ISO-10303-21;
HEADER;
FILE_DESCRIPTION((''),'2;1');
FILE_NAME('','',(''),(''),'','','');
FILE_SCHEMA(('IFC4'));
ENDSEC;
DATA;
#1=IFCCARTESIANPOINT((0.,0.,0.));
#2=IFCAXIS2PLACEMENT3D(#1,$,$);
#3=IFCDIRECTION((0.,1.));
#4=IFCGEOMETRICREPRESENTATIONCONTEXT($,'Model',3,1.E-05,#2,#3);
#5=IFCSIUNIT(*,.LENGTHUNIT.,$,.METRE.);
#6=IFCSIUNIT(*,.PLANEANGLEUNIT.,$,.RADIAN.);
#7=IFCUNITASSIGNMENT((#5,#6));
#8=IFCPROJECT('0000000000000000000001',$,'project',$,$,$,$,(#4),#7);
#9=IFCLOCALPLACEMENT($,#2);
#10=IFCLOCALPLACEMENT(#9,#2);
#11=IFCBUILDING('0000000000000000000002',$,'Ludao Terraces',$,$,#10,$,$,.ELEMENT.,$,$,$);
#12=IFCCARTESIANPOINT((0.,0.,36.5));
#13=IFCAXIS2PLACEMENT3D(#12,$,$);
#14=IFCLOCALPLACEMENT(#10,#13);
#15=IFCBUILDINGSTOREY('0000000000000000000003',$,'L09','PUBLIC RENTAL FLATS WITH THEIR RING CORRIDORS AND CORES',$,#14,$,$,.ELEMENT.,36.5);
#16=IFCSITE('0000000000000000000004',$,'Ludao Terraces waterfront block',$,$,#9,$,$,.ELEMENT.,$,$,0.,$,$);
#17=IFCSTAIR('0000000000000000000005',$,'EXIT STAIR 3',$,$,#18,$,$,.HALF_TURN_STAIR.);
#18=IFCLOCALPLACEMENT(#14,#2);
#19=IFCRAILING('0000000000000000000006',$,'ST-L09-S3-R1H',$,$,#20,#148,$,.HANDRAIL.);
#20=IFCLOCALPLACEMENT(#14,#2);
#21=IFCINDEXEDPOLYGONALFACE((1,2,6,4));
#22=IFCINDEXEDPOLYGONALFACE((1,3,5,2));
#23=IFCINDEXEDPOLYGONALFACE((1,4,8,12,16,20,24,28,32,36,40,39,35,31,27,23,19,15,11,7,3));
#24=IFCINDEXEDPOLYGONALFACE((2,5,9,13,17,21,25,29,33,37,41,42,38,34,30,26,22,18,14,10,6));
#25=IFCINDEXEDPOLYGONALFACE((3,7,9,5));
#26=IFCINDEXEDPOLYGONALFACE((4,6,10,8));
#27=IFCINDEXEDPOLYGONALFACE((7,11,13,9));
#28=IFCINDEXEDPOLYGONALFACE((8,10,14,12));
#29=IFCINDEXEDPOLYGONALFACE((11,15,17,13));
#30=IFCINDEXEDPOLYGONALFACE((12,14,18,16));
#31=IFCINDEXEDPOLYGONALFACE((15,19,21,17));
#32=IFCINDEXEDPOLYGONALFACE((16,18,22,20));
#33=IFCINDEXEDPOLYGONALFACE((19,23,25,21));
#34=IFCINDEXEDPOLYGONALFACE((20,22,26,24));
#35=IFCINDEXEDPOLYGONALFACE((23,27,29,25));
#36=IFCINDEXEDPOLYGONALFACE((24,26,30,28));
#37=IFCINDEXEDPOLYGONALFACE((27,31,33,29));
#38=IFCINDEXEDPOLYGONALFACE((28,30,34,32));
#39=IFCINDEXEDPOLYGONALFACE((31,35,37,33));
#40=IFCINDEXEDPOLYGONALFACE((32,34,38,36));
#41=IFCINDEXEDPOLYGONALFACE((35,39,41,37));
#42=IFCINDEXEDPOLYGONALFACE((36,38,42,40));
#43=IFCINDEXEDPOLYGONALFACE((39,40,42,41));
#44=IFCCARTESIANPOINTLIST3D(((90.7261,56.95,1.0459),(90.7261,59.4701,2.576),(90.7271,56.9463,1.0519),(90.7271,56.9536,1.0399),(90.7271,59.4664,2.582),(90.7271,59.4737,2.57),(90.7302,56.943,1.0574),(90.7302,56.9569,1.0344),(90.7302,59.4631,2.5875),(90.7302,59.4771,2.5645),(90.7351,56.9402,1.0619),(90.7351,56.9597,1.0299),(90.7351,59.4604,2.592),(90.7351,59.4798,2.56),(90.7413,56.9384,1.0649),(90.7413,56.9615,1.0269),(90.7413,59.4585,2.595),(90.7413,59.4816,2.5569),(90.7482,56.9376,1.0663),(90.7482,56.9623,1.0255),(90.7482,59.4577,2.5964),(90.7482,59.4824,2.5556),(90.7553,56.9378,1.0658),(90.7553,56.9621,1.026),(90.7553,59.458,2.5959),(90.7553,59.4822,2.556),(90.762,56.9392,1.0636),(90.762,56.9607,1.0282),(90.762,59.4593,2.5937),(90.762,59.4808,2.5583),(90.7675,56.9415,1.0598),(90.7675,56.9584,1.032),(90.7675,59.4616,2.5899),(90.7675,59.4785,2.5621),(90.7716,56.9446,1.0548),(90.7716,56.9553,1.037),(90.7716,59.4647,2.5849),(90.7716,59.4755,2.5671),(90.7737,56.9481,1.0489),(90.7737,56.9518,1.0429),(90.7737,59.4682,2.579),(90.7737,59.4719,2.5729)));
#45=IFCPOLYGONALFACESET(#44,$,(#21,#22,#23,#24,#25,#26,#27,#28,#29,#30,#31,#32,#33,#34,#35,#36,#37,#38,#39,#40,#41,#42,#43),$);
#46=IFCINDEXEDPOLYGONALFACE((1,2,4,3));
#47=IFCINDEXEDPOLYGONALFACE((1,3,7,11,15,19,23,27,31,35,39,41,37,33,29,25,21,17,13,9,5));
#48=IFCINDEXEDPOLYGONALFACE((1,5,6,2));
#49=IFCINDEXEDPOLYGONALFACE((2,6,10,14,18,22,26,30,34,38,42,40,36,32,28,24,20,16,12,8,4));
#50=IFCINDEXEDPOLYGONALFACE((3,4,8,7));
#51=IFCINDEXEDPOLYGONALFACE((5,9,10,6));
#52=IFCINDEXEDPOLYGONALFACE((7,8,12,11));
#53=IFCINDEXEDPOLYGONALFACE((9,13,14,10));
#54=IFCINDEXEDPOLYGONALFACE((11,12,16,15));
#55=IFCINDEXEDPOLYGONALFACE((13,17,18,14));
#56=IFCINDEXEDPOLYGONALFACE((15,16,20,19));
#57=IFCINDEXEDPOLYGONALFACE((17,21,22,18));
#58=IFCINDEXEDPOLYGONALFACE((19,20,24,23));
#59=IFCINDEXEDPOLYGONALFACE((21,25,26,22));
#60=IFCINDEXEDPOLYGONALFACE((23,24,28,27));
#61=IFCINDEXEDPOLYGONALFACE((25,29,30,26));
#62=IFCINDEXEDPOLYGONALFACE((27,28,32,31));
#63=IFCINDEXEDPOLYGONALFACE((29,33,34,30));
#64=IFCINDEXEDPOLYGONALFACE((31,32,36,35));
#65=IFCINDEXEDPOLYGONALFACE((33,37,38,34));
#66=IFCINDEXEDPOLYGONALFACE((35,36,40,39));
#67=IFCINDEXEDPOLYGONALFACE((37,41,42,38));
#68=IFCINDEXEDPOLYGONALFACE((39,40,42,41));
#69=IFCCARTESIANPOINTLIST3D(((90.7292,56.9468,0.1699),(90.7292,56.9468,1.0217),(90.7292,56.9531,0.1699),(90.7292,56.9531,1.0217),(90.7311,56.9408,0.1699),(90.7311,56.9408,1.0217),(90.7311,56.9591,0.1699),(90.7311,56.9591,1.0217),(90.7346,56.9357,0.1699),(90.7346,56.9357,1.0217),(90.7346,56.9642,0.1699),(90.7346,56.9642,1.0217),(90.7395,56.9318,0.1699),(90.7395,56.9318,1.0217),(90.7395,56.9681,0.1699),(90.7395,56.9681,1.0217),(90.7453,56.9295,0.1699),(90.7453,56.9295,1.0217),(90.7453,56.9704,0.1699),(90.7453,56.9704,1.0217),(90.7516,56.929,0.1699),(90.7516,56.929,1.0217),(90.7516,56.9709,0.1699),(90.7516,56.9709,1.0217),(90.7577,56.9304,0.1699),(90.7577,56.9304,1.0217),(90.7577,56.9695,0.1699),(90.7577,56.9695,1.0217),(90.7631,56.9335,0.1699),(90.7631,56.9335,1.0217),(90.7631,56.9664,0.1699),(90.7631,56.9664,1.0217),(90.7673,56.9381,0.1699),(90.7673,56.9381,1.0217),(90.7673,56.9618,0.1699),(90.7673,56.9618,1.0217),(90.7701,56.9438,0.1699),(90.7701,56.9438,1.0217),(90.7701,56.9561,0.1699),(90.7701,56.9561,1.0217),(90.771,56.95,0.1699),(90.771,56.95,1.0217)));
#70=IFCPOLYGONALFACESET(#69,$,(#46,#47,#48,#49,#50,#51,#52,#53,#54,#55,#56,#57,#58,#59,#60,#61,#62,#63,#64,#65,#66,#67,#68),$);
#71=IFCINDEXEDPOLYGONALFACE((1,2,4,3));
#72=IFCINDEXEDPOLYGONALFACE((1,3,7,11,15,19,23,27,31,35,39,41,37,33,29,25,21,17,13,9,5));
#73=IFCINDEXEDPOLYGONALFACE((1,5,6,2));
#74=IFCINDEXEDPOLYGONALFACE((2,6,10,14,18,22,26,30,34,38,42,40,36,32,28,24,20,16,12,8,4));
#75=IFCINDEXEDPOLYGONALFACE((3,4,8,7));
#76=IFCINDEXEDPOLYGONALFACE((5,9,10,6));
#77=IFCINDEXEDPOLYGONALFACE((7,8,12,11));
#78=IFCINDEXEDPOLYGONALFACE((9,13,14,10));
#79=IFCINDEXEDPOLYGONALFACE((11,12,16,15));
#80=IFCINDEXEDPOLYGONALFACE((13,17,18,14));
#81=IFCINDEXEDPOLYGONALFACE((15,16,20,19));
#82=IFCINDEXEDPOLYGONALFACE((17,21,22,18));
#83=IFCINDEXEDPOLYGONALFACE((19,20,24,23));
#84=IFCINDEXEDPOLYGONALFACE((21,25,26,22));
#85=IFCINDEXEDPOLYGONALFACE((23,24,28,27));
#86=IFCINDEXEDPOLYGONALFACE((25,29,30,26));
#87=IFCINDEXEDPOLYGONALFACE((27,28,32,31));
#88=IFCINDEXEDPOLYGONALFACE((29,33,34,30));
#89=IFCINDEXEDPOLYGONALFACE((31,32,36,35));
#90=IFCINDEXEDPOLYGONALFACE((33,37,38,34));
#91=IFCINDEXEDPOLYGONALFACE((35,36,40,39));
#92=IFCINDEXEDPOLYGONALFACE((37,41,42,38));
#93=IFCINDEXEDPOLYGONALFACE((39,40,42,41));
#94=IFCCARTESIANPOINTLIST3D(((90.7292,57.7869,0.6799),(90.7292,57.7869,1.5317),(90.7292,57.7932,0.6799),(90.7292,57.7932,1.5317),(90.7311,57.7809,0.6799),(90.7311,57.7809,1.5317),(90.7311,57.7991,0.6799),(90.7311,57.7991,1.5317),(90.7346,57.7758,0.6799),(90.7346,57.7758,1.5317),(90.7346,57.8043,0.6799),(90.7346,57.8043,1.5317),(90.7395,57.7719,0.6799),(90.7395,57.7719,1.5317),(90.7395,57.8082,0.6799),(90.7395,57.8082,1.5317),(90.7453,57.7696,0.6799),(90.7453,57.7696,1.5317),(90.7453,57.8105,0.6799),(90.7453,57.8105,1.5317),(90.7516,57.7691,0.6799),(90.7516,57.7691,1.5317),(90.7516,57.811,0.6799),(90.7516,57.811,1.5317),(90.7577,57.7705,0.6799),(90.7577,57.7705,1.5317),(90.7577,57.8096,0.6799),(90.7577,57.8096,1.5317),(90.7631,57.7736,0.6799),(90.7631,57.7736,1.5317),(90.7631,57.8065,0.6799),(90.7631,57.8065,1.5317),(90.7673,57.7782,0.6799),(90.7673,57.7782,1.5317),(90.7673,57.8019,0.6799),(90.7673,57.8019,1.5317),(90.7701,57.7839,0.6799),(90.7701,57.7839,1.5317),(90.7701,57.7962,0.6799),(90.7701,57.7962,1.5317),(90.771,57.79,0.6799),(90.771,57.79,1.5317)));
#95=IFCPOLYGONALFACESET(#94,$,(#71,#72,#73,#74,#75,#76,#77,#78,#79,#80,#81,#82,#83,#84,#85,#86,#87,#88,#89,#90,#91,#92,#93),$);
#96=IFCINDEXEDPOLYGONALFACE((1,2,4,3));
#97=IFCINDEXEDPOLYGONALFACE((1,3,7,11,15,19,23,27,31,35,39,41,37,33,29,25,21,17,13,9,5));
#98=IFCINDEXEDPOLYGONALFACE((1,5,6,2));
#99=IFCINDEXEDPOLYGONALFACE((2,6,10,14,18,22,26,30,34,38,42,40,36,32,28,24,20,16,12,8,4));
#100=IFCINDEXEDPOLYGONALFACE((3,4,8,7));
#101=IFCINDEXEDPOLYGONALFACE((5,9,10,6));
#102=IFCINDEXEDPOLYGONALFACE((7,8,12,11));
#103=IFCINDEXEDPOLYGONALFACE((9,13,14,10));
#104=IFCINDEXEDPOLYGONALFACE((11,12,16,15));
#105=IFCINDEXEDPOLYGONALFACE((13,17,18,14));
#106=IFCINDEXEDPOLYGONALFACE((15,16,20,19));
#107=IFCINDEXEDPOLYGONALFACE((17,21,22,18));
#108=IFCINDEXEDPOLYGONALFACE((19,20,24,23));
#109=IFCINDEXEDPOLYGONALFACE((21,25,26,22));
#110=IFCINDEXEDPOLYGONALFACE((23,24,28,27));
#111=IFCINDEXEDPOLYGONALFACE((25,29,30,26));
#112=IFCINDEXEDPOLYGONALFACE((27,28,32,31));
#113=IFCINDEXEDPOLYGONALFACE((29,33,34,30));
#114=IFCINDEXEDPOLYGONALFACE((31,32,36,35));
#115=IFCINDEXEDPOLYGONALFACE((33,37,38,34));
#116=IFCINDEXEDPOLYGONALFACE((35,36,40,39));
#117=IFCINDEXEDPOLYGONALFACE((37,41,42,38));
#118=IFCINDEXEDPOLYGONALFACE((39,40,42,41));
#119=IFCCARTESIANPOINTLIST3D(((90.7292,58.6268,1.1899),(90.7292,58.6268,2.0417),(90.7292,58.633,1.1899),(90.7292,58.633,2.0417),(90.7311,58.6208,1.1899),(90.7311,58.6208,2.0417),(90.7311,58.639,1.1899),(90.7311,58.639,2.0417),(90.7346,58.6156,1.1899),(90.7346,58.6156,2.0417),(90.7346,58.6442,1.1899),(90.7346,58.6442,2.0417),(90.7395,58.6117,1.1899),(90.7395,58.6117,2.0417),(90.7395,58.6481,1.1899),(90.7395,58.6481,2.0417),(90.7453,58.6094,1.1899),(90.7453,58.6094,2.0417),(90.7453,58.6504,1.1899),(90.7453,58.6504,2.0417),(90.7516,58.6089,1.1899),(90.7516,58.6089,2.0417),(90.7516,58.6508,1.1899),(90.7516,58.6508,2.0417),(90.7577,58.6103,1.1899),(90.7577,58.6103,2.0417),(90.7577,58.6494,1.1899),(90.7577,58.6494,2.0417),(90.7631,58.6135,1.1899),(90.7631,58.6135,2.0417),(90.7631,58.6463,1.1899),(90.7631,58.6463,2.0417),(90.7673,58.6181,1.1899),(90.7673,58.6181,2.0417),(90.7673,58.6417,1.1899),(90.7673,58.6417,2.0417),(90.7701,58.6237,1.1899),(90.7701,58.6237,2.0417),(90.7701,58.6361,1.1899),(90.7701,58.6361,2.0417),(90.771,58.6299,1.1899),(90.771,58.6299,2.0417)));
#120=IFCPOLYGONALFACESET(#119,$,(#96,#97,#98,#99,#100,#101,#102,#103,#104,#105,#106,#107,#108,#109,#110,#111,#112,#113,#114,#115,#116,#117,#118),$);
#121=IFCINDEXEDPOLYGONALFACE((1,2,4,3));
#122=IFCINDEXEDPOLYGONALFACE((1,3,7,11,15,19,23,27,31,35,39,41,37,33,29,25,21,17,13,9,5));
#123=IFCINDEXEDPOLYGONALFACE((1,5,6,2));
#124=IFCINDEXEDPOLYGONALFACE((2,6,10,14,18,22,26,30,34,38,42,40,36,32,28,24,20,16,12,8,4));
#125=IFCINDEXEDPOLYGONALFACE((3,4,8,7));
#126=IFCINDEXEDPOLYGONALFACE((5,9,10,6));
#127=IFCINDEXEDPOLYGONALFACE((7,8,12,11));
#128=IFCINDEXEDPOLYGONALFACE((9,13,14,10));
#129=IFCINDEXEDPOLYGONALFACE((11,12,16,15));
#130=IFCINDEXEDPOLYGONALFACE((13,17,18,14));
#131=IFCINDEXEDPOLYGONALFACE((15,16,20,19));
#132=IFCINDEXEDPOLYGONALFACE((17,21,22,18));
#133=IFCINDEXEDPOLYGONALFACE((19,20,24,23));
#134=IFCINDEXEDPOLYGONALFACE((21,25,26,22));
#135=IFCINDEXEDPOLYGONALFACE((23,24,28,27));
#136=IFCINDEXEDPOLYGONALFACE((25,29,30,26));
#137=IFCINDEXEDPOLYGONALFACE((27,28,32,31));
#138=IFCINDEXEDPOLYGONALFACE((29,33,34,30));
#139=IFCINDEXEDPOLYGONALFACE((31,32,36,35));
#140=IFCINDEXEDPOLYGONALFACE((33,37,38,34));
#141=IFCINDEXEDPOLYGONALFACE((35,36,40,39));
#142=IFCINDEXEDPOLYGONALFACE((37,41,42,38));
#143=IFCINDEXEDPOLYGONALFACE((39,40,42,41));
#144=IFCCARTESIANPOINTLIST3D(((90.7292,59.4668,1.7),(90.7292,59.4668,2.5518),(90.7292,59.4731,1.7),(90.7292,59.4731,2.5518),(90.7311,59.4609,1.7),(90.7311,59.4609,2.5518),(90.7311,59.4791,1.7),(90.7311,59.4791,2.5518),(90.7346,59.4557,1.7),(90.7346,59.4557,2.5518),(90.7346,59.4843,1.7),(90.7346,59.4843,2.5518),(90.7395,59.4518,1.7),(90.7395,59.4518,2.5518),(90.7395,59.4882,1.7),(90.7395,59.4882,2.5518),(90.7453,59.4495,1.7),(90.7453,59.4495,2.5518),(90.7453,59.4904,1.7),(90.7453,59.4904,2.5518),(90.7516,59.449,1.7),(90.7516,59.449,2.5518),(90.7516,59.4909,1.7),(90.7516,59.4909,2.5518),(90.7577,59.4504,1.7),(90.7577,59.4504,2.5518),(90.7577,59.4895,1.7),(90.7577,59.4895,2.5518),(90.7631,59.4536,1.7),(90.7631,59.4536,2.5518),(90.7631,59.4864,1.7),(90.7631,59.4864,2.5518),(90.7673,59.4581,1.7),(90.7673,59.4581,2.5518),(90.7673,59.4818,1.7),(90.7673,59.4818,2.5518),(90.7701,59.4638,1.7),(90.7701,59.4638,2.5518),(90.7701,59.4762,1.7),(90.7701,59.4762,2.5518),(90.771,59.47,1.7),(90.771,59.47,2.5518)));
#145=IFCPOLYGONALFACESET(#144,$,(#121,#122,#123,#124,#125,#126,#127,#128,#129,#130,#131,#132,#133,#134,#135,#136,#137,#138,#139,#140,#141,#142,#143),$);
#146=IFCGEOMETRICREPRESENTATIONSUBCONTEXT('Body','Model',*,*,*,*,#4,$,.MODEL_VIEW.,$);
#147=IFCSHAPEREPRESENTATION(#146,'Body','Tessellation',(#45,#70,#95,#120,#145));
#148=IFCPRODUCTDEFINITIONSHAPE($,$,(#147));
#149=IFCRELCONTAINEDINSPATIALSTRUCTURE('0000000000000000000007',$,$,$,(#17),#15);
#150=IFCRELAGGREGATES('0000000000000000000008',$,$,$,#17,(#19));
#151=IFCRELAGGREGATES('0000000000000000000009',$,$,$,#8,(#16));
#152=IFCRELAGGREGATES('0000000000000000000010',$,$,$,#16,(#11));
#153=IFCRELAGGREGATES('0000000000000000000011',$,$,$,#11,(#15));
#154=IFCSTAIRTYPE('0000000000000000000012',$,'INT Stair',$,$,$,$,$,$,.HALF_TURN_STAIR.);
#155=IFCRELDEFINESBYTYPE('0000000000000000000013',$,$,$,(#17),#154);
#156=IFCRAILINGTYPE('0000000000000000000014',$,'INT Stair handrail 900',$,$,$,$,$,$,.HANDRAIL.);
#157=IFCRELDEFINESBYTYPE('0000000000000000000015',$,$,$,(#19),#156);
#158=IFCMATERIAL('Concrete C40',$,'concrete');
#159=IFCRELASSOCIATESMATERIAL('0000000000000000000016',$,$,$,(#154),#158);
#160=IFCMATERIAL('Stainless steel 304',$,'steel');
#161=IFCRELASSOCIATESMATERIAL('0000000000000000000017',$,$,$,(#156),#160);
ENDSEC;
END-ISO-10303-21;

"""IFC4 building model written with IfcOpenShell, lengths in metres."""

from ifc_helpers import new_model, si_unit, direction, frame, origin, origin_2d, place, context, subcontext, project, spatial, circle, extrude, material, type_object, element, aggregate, save


model = new_model("IFC4")

# Units and contexts
model_context = context("Model", 3, precision=1e-05, world=origin(), true_north=direction((0.0, 1.0)))
body_context = subcontext(model_context, "Body", "Model", "MODEL_VIEW")
ifc_project = project(units=[si_unit("LENGTHUNIT", "METRE"), si_unit("PLANEANGLEUNIT", "RADIAN")], contexts=[model_context])

# Site, building, storey
site_placement = place(None, origin())
site = spatial("IfcSite", under=ifc_project, at=site_placement, Name="Ludao Terraces waterfront block", CompositionType="ELEMENT", RefElevation=0.0)
building_placement = place(site_placement, origin())
building = spatial("IfcBuilding", under=site, at=building_placement, Name="Ludao Terraces", CompositionType="ELEMENT")
storey_placement = place(building_placement, frame((0.0, 0.0, 36.5)))
storey = spatial("IfcBuildingStorey", under=building, at=storey_placement, Name="L09", Description="PUBLIC RENTAL FLATS WITH THEIR RING CORRIDORS AND CORES", CompositionType="ELEMENT", Elevation=36.5)

# Stair, railing
ifc_material_1 = material(Name="Concrete C40", Category="concrete")
stair_type = type_object("IfcStairType", Name="INT Stair", PredefinedType="HALF_TURN_STAIR", material=ifc_material_1)
stair_placement = place(storey_placement, origin())
stair = element("IfcStair", 1, at=stair_placement, inside=storey, type_object=stair_type, Name="EXIT STAIR 3", PredefinedType="HALF_TURN_STAIR")
ifc_material_2 = material(Name="Stainless steel 304", Category="steel")
railing_type_1 = type_object("IfcRailingType", Name="INT Stair handrail 900", PredefinedType="HANDRAIL", material=ifc_material_2)
railing_1_placement = place(storey_placement, frame((90.75, 56.95, 0.1699)))
railing_1 = element("IfcRailing", 2, at=railing_1_placement, type_object=railing_type_1, Name="ST-L09-S3-R1H", PredefinedType="HANDRAIL", context=body_context, shape_type="SweptSolid", body=[
    extrude(circle(Radius=0.0239, at=origin_2d()), frame((0.0, 0.0, 0.876), z_axis=(0.0, 0.854785, 0.518982), x_axis=(-1.0, 0.0, 0.0)), (0.0, 0.0, 1.0), 2.9482),
    extrude(circle(Radius=0.021, at=origin_2d()), origin(), (0.0, 0.0, 1.0), 0.8518),
    extrude(circle(Radius=0.021, at=origin_2d()), frame((0.0, 0.8401, 0.51)), (0.0, 0.0, 1.0), 0.8518),
    extrude(circle(Radius=0.021, at=origin_2d()), frame((0.0, 1.6799, 1.02)), (0.0, 0.0, 1.0), 0.8518),
    extrude(circle(Radius=0.021, at=origin_2d()), frame((0.0, 2.52, 1.53)), (0.0, 0.0, 1.0), 0.8518),
])
aggregate(stair, [railing_1])

save(model, "model.ifc")
